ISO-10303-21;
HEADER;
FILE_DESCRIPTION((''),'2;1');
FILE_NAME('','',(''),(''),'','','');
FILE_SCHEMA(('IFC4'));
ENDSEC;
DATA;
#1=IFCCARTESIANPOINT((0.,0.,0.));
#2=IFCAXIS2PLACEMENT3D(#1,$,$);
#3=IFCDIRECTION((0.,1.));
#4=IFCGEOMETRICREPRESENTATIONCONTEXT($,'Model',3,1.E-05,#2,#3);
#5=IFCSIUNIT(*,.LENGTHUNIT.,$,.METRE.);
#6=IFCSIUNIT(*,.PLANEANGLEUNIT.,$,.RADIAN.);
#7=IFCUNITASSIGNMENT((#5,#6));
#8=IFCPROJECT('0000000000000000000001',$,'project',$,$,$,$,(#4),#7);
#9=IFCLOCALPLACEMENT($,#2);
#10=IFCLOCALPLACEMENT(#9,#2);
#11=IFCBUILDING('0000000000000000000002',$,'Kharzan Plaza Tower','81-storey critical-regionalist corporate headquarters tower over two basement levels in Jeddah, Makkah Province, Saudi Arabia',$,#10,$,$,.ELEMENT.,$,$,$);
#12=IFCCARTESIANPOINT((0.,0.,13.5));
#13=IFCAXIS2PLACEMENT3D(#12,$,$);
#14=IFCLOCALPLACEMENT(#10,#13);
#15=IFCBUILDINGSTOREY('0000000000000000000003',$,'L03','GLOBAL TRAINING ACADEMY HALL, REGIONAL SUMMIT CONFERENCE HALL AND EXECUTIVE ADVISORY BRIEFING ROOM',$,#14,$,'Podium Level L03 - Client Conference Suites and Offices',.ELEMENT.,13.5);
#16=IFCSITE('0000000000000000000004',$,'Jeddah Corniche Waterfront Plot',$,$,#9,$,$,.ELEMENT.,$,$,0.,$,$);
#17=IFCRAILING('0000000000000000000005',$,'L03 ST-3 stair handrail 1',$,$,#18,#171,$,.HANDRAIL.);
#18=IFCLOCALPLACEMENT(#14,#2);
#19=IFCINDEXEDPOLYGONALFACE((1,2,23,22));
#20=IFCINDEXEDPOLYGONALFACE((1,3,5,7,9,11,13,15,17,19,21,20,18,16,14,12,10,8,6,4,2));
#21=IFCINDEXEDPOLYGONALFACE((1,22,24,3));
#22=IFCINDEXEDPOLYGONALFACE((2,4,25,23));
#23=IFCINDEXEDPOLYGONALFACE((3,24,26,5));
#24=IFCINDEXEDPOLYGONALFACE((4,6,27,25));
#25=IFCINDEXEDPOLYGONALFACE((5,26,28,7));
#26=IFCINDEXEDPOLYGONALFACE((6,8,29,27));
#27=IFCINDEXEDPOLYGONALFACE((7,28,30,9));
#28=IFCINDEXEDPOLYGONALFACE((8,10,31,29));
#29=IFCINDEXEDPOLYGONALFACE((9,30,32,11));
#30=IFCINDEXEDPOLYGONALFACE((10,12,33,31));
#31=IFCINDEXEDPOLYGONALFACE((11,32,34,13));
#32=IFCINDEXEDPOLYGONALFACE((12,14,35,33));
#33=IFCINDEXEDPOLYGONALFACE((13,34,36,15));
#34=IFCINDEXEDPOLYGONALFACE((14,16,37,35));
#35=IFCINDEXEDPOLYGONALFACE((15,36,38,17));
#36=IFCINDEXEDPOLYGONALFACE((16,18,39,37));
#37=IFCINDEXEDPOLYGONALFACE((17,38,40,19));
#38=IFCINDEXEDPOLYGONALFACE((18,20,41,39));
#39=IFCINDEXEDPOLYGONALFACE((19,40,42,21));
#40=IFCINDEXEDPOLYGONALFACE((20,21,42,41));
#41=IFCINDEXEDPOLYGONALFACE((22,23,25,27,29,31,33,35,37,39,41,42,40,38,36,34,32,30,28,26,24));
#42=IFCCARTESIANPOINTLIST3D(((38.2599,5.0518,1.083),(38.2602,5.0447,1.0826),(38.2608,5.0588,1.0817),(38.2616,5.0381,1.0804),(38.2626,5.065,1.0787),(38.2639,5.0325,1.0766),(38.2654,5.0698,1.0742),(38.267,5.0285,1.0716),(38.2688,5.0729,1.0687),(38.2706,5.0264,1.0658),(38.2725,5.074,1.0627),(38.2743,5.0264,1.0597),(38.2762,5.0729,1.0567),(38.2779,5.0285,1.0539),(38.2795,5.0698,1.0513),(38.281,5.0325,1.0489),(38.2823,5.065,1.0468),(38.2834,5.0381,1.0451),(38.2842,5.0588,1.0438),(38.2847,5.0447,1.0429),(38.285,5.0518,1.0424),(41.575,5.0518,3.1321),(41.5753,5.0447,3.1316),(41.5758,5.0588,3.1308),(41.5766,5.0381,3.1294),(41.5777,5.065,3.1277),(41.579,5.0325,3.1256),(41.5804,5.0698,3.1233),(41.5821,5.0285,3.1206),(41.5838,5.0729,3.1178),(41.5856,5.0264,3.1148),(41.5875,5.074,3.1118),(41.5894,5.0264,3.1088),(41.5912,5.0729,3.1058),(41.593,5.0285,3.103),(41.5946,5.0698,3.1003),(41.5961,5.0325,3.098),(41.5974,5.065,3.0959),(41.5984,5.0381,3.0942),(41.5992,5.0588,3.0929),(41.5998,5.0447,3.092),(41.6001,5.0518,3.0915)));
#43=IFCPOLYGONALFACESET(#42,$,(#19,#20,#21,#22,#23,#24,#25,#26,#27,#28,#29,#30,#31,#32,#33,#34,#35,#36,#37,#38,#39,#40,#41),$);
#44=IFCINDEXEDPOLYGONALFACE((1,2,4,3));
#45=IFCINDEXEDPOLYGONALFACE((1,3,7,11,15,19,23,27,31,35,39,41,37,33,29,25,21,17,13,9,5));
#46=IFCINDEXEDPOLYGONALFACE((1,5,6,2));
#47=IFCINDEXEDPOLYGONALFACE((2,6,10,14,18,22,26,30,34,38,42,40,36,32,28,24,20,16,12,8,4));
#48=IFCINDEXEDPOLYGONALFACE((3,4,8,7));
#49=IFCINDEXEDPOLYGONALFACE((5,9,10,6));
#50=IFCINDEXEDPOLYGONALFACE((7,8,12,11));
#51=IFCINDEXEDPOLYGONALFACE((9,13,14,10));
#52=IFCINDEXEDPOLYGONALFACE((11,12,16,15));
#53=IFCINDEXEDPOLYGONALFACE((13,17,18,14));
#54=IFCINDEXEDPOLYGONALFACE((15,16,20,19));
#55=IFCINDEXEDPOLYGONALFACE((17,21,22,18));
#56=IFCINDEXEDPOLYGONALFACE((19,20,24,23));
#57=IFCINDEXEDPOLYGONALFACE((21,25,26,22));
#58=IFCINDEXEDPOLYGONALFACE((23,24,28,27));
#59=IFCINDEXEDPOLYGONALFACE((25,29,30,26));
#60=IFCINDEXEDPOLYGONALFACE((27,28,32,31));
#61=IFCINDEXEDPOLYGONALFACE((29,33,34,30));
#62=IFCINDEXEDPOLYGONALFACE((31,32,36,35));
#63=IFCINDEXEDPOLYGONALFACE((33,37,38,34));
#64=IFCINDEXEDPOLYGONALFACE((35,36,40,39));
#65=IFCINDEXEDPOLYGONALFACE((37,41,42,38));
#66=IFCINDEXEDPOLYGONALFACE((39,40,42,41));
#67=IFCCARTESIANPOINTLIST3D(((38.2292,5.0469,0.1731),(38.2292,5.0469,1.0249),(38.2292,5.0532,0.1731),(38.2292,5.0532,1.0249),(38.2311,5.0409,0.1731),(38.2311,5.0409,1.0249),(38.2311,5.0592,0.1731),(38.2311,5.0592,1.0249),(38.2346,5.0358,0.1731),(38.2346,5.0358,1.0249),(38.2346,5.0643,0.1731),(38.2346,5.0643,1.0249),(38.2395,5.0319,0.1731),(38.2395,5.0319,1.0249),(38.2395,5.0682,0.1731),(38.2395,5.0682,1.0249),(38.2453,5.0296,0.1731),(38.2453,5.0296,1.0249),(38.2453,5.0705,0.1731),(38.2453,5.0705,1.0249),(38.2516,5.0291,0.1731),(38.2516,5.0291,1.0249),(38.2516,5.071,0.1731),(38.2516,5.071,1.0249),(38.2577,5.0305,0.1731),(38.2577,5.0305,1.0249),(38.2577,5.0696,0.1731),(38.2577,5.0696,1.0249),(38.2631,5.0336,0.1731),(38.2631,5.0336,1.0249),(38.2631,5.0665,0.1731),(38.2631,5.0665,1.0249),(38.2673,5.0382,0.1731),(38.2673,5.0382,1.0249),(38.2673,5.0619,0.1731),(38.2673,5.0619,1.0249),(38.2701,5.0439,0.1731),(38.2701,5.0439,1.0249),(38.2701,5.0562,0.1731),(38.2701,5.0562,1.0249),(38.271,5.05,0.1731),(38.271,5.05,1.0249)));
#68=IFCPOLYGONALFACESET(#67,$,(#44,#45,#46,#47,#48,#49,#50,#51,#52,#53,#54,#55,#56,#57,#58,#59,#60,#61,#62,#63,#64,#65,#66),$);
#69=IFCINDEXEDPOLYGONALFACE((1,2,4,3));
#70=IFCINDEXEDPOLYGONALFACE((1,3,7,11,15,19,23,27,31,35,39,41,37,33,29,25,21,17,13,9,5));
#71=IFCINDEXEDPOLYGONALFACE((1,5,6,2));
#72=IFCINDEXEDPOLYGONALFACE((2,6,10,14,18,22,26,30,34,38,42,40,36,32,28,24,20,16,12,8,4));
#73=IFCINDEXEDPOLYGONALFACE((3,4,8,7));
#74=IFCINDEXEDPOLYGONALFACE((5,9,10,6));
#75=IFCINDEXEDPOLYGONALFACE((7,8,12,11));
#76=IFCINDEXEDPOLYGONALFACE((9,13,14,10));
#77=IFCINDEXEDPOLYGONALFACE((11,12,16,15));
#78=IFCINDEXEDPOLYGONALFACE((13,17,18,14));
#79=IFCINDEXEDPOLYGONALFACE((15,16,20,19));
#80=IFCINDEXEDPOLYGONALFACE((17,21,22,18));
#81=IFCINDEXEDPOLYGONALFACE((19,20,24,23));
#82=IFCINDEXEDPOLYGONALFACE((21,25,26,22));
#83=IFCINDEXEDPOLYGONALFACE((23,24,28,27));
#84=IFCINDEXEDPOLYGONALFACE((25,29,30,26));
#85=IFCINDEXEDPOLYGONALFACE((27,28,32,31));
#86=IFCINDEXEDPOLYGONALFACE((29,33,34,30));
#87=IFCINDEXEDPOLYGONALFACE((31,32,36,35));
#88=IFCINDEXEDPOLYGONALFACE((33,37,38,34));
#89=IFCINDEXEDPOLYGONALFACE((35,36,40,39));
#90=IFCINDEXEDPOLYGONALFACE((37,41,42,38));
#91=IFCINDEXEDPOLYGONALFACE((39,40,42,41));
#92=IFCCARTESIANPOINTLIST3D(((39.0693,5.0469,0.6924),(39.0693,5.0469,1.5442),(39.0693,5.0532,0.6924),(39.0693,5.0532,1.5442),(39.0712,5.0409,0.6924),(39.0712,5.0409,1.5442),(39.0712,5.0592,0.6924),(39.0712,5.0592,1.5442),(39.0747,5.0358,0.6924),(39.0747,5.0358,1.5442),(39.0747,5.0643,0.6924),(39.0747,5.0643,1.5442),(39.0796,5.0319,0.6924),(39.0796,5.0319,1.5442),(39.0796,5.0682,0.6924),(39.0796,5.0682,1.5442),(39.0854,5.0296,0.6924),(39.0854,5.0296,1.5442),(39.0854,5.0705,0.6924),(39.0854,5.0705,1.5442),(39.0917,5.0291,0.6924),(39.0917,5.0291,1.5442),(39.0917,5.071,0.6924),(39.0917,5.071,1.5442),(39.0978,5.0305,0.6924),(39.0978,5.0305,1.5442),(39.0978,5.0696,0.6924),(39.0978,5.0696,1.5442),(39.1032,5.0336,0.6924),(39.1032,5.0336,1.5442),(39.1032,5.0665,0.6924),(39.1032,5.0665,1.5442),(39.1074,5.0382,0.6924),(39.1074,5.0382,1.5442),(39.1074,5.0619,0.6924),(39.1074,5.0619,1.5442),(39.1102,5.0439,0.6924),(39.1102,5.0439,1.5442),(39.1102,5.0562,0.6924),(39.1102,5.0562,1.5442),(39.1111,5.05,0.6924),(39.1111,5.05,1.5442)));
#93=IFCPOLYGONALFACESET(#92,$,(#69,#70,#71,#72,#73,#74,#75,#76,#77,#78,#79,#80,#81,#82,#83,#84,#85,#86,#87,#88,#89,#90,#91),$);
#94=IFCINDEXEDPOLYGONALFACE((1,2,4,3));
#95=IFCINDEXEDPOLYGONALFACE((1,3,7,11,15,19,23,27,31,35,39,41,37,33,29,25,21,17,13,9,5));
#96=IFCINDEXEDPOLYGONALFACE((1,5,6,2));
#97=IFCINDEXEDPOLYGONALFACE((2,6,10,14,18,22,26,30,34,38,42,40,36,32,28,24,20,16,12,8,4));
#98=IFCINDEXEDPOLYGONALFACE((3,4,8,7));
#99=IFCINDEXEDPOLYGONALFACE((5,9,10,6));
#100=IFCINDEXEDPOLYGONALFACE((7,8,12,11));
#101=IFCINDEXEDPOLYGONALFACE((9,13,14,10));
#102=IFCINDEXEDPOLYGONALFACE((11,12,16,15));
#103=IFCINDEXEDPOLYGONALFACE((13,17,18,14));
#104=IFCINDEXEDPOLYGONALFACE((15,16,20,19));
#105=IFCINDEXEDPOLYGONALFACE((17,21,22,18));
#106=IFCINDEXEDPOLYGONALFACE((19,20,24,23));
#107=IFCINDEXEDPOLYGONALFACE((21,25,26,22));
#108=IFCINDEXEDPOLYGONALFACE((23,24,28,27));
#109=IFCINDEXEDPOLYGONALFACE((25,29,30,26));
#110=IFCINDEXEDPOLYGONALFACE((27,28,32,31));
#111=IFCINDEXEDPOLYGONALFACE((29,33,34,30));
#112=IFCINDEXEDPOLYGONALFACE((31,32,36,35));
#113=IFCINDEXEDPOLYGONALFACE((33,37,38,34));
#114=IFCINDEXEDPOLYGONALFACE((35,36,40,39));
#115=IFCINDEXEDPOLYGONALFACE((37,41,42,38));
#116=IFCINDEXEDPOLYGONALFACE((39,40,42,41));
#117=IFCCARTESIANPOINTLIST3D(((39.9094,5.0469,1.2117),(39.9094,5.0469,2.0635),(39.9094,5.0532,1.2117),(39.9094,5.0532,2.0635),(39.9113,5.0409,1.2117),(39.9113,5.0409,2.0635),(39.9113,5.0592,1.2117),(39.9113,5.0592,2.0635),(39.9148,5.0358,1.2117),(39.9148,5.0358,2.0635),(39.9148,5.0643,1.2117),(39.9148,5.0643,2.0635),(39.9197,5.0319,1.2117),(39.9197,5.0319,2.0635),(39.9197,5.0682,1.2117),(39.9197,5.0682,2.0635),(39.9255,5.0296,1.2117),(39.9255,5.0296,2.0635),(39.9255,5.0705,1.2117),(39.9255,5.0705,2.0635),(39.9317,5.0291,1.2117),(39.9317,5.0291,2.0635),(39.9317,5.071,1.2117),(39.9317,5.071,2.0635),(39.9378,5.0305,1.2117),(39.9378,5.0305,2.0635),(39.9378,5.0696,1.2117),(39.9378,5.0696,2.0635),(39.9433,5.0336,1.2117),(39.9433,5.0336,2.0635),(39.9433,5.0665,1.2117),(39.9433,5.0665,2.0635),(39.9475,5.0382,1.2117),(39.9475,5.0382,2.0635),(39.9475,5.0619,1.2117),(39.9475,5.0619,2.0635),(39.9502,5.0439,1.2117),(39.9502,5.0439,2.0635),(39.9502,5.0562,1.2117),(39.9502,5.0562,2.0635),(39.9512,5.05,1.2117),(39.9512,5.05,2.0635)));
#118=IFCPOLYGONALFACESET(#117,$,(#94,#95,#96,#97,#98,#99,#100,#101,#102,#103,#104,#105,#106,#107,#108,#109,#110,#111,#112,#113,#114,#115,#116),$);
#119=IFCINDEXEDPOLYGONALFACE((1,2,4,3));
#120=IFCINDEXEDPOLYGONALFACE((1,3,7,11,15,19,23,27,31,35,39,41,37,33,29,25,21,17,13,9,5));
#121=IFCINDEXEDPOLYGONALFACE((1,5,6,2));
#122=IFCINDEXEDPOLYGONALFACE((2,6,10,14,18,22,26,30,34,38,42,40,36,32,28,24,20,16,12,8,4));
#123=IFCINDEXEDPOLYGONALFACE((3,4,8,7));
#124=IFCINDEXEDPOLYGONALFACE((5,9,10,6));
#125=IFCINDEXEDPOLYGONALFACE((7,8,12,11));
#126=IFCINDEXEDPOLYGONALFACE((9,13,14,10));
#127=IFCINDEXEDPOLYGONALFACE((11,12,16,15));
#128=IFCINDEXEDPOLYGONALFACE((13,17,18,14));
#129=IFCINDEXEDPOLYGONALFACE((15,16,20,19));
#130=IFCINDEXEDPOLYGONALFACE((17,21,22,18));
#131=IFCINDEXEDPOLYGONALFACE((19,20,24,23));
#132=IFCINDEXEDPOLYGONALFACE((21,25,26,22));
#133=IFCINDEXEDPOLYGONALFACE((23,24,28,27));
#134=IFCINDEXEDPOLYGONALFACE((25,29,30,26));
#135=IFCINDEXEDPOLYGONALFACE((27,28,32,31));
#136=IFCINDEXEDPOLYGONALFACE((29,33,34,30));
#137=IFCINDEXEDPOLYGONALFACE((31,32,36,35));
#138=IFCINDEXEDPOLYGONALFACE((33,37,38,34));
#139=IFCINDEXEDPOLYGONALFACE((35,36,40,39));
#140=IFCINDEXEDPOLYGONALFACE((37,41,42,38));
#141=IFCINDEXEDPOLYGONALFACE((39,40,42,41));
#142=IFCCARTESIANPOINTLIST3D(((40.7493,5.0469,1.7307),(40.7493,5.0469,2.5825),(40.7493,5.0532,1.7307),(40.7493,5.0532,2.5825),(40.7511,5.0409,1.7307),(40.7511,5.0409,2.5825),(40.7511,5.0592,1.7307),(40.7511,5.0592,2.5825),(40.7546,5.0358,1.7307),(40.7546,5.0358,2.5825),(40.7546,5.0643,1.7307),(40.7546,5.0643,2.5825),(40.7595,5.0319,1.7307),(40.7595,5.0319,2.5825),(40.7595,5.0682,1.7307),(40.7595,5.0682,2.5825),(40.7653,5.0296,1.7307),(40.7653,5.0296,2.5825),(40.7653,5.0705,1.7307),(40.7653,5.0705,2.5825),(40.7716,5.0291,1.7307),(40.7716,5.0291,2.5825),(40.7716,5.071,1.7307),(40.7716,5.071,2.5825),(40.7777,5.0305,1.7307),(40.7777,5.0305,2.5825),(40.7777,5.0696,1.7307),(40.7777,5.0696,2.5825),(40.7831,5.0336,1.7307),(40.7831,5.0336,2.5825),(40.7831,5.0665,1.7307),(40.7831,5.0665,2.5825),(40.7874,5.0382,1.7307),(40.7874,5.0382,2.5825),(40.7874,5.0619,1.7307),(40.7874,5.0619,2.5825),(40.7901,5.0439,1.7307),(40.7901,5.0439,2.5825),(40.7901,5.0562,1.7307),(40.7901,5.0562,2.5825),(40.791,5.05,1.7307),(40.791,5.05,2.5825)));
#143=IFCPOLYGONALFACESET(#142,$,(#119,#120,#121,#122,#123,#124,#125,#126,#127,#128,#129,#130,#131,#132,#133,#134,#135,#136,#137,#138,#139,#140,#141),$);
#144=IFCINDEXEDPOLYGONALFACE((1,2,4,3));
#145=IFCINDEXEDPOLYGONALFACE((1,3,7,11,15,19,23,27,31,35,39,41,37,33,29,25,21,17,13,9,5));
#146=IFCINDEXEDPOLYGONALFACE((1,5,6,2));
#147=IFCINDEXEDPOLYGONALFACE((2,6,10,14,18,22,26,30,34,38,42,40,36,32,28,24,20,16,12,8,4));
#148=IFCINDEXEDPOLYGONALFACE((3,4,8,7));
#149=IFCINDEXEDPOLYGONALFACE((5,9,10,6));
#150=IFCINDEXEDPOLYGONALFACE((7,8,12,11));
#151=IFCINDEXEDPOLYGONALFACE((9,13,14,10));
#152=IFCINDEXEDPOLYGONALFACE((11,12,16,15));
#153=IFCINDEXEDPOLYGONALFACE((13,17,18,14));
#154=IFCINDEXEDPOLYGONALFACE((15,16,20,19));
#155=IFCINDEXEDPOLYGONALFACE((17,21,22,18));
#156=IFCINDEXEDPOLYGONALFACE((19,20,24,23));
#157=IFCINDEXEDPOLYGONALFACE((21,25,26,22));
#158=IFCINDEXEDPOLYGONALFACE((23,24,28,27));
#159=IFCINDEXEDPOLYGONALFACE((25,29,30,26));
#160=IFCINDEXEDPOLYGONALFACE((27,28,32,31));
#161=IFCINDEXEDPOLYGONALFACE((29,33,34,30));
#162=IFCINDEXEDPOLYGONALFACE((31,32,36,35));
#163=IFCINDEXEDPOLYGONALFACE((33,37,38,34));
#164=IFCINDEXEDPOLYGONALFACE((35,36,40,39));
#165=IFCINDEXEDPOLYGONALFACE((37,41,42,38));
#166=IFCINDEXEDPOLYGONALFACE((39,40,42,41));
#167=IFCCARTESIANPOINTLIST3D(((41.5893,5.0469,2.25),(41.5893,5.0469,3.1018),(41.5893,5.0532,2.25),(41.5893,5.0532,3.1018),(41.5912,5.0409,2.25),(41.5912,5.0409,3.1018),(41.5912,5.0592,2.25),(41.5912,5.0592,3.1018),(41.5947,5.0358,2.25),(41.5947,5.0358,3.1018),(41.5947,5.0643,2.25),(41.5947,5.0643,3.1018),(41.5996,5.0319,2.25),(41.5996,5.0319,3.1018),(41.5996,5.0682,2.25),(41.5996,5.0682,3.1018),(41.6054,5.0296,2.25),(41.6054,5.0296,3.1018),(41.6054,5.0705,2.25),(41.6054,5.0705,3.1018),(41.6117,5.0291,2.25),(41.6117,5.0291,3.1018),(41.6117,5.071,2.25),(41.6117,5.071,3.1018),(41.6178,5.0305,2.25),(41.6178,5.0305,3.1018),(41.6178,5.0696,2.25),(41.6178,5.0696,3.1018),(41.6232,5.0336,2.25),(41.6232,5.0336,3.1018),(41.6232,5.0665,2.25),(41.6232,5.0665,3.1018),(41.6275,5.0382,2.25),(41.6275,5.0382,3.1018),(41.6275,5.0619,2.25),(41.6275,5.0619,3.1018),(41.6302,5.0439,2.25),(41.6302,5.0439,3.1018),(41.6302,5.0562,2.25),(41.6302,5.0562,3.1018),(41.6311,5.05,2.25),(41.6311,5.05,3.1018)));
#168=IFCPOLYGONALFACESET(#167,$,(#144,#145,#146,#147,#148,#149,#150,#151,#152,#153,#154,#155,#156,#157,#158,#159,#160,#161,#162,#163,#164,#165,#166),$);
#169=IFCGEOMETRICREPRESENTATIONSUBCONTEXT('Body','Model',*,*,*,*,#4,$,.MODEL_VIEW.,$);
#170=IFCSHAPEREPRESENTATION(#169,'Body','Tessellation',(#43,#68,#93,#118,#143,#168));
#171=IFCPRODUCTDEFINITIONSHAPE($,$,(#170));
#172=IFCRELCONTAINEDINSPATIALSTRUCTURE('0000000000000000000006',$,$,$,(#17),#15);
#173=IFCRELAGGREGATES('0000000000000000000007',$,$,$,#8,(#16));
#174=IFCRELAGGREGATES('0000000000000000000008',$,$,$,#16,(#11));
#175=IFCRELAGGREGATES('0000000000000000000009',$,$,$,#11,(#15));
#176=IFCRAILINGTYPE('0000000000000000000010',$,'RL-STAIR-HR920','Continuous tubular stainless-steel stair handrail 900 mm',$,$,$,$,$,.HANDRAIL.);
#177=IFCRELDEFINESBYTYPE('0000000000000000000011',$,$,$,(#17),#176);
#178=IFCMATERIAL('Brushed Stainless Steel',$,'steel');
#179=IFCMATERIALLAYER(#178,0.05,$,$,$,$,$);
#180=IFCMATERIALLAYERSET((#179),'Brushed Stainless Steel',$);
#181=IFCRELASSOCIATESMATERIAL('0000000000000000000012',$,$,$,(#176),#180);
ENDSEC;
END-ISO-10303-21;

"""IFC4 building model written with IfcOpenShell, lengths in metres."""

from ifc_helpers import new_model, si_unit, direction, frame, origin, origin_2d, place, context, subcontext, project, spatial, circle, extrude, source, transform, mapped, material, layer, layer_set, type_object, element, save


model = new_model("IFC4")

# Units and contexts
model_context = context("Model", 3, precision=1e-05, world=origin(), true_north=direction((0.0, 1.0)))
body_context = subcontext(model_context, "Body", "Model", "MODEL_VIEW")
ifc_project = project(units=[si_unit("LENGTHUNIT", "METRE"), si_unit("PLANEANGLEUNIT", "RADIAN")], contexts=[model_context])

# Site, building, storey
site_placement = place(None, origin())
site = spatial("IfcSite", under=ifc_project, at=site_placement, Name="Jeddah Corniche Waterfront Plot", CompositionType="ELEMENT", RefElevation=0.0)
building_placement = place(site_placement, origin())
building = spatial("IfcBuilding", under=site, at=building_placement, Name="Kharzan Plaza Tower", Description="81-storey critical-regionalist corporate headquarters tower over two basement levels in Jeddah, Makkah Province, Saudi Arabia", CompositionType="ELEMENT")
storey_placement = place(building_placement, frame((0.0, 0.0, 13.5)))
storey = spatial("IfcBuildingStorey", under=building, at=storey_placement, Name="L03", Description="GLOBAL TRAINING ACADEMY HALL, REGIONAL SUMMIT CONFERENCE HALL AND EXECUTIVE ADVISORY BRIEFING ROOM", LongName="Podium Level L03 - Client Conference Suites and Offices", CompositionType="ELEMENT", Elevation=13.5)

# Railing
ifc_material_1 = material(Name="Brushed Stainless Steel", Category="steel")
ifc_layer_1 = layer(ifc_material_1, 0.05)
ifc_layer_set_1 = layer_set([ifc_layer_1], Name="Brushed Stainless Steel")
railing_type_1 = type_object("IfcRailingType", Name="RL-STAIR-HR920", Description="Continuous tubular stainless-steel stair handrail 900 mm", PredefinedType="HANDRAIL", material=ifc_layer_set_1)
shared_shape_1 = source(origin(), body_context, "Body", "SweptSolid", [
    extrude(circle(Radius=0.0239, at=origin_2d()), frame((0.0225, 0.0, 0.8896), z_axis=(0.850623, 0.0, 0.525776), x_axis=(0.0, 1.0, 0.0)), (0.0, 0.0, 1.0), 3.8972),
    extrude(circle(Radius=0.021, at=origin_2d()), origin(), (0.0, 0.0, 1.0), 0.8518),
    extrude(circle(Radius=0.021, at=origin_2d()), frame((0.8401, 0.0, 0.5193)), (0.0, 0.0, 1.0), 0.8518),
    extrude(circle(Radius=0.021, at=origin_2d()), frame((1.6802, 0.0, 1.0386)), (0.0, 0.0, 1.0), 0.8518),
    extrude(circle(Radius=0.021, at=origin_2d()), frame((2.52, 0.0, 1.5576)), (0.0, 0.0, 1.0), 0.8518),
    extrude(circle(Radius=0.021, at=origin_2d()), frame((3.3601, 0.0, 2.0769)), (0.0, 0.0, 1.0), 0.8518),
])
railing_1_placement = place(storey_placement, frame((38.25, 5.05, 0.1731)))
element("IfcRailing", 1, at=railing_1_placement, inside=storey, type_object=railing_type_1, Name="L03 ST-3 stair handrail 1", PredefinedType="HANDRAIL", context=body_context, shape_type="MappedRepresentation", body=[
    mapped(shared_shape_1, transform((0.0, 0.0, 0.0), x_axis=(1.0, 0.0, 0.0), y_axis=(0.0, 1.0, 0.0), z_axis=(0.0, 0.0, 1.0))),
])

save(model, "model.ifc")
